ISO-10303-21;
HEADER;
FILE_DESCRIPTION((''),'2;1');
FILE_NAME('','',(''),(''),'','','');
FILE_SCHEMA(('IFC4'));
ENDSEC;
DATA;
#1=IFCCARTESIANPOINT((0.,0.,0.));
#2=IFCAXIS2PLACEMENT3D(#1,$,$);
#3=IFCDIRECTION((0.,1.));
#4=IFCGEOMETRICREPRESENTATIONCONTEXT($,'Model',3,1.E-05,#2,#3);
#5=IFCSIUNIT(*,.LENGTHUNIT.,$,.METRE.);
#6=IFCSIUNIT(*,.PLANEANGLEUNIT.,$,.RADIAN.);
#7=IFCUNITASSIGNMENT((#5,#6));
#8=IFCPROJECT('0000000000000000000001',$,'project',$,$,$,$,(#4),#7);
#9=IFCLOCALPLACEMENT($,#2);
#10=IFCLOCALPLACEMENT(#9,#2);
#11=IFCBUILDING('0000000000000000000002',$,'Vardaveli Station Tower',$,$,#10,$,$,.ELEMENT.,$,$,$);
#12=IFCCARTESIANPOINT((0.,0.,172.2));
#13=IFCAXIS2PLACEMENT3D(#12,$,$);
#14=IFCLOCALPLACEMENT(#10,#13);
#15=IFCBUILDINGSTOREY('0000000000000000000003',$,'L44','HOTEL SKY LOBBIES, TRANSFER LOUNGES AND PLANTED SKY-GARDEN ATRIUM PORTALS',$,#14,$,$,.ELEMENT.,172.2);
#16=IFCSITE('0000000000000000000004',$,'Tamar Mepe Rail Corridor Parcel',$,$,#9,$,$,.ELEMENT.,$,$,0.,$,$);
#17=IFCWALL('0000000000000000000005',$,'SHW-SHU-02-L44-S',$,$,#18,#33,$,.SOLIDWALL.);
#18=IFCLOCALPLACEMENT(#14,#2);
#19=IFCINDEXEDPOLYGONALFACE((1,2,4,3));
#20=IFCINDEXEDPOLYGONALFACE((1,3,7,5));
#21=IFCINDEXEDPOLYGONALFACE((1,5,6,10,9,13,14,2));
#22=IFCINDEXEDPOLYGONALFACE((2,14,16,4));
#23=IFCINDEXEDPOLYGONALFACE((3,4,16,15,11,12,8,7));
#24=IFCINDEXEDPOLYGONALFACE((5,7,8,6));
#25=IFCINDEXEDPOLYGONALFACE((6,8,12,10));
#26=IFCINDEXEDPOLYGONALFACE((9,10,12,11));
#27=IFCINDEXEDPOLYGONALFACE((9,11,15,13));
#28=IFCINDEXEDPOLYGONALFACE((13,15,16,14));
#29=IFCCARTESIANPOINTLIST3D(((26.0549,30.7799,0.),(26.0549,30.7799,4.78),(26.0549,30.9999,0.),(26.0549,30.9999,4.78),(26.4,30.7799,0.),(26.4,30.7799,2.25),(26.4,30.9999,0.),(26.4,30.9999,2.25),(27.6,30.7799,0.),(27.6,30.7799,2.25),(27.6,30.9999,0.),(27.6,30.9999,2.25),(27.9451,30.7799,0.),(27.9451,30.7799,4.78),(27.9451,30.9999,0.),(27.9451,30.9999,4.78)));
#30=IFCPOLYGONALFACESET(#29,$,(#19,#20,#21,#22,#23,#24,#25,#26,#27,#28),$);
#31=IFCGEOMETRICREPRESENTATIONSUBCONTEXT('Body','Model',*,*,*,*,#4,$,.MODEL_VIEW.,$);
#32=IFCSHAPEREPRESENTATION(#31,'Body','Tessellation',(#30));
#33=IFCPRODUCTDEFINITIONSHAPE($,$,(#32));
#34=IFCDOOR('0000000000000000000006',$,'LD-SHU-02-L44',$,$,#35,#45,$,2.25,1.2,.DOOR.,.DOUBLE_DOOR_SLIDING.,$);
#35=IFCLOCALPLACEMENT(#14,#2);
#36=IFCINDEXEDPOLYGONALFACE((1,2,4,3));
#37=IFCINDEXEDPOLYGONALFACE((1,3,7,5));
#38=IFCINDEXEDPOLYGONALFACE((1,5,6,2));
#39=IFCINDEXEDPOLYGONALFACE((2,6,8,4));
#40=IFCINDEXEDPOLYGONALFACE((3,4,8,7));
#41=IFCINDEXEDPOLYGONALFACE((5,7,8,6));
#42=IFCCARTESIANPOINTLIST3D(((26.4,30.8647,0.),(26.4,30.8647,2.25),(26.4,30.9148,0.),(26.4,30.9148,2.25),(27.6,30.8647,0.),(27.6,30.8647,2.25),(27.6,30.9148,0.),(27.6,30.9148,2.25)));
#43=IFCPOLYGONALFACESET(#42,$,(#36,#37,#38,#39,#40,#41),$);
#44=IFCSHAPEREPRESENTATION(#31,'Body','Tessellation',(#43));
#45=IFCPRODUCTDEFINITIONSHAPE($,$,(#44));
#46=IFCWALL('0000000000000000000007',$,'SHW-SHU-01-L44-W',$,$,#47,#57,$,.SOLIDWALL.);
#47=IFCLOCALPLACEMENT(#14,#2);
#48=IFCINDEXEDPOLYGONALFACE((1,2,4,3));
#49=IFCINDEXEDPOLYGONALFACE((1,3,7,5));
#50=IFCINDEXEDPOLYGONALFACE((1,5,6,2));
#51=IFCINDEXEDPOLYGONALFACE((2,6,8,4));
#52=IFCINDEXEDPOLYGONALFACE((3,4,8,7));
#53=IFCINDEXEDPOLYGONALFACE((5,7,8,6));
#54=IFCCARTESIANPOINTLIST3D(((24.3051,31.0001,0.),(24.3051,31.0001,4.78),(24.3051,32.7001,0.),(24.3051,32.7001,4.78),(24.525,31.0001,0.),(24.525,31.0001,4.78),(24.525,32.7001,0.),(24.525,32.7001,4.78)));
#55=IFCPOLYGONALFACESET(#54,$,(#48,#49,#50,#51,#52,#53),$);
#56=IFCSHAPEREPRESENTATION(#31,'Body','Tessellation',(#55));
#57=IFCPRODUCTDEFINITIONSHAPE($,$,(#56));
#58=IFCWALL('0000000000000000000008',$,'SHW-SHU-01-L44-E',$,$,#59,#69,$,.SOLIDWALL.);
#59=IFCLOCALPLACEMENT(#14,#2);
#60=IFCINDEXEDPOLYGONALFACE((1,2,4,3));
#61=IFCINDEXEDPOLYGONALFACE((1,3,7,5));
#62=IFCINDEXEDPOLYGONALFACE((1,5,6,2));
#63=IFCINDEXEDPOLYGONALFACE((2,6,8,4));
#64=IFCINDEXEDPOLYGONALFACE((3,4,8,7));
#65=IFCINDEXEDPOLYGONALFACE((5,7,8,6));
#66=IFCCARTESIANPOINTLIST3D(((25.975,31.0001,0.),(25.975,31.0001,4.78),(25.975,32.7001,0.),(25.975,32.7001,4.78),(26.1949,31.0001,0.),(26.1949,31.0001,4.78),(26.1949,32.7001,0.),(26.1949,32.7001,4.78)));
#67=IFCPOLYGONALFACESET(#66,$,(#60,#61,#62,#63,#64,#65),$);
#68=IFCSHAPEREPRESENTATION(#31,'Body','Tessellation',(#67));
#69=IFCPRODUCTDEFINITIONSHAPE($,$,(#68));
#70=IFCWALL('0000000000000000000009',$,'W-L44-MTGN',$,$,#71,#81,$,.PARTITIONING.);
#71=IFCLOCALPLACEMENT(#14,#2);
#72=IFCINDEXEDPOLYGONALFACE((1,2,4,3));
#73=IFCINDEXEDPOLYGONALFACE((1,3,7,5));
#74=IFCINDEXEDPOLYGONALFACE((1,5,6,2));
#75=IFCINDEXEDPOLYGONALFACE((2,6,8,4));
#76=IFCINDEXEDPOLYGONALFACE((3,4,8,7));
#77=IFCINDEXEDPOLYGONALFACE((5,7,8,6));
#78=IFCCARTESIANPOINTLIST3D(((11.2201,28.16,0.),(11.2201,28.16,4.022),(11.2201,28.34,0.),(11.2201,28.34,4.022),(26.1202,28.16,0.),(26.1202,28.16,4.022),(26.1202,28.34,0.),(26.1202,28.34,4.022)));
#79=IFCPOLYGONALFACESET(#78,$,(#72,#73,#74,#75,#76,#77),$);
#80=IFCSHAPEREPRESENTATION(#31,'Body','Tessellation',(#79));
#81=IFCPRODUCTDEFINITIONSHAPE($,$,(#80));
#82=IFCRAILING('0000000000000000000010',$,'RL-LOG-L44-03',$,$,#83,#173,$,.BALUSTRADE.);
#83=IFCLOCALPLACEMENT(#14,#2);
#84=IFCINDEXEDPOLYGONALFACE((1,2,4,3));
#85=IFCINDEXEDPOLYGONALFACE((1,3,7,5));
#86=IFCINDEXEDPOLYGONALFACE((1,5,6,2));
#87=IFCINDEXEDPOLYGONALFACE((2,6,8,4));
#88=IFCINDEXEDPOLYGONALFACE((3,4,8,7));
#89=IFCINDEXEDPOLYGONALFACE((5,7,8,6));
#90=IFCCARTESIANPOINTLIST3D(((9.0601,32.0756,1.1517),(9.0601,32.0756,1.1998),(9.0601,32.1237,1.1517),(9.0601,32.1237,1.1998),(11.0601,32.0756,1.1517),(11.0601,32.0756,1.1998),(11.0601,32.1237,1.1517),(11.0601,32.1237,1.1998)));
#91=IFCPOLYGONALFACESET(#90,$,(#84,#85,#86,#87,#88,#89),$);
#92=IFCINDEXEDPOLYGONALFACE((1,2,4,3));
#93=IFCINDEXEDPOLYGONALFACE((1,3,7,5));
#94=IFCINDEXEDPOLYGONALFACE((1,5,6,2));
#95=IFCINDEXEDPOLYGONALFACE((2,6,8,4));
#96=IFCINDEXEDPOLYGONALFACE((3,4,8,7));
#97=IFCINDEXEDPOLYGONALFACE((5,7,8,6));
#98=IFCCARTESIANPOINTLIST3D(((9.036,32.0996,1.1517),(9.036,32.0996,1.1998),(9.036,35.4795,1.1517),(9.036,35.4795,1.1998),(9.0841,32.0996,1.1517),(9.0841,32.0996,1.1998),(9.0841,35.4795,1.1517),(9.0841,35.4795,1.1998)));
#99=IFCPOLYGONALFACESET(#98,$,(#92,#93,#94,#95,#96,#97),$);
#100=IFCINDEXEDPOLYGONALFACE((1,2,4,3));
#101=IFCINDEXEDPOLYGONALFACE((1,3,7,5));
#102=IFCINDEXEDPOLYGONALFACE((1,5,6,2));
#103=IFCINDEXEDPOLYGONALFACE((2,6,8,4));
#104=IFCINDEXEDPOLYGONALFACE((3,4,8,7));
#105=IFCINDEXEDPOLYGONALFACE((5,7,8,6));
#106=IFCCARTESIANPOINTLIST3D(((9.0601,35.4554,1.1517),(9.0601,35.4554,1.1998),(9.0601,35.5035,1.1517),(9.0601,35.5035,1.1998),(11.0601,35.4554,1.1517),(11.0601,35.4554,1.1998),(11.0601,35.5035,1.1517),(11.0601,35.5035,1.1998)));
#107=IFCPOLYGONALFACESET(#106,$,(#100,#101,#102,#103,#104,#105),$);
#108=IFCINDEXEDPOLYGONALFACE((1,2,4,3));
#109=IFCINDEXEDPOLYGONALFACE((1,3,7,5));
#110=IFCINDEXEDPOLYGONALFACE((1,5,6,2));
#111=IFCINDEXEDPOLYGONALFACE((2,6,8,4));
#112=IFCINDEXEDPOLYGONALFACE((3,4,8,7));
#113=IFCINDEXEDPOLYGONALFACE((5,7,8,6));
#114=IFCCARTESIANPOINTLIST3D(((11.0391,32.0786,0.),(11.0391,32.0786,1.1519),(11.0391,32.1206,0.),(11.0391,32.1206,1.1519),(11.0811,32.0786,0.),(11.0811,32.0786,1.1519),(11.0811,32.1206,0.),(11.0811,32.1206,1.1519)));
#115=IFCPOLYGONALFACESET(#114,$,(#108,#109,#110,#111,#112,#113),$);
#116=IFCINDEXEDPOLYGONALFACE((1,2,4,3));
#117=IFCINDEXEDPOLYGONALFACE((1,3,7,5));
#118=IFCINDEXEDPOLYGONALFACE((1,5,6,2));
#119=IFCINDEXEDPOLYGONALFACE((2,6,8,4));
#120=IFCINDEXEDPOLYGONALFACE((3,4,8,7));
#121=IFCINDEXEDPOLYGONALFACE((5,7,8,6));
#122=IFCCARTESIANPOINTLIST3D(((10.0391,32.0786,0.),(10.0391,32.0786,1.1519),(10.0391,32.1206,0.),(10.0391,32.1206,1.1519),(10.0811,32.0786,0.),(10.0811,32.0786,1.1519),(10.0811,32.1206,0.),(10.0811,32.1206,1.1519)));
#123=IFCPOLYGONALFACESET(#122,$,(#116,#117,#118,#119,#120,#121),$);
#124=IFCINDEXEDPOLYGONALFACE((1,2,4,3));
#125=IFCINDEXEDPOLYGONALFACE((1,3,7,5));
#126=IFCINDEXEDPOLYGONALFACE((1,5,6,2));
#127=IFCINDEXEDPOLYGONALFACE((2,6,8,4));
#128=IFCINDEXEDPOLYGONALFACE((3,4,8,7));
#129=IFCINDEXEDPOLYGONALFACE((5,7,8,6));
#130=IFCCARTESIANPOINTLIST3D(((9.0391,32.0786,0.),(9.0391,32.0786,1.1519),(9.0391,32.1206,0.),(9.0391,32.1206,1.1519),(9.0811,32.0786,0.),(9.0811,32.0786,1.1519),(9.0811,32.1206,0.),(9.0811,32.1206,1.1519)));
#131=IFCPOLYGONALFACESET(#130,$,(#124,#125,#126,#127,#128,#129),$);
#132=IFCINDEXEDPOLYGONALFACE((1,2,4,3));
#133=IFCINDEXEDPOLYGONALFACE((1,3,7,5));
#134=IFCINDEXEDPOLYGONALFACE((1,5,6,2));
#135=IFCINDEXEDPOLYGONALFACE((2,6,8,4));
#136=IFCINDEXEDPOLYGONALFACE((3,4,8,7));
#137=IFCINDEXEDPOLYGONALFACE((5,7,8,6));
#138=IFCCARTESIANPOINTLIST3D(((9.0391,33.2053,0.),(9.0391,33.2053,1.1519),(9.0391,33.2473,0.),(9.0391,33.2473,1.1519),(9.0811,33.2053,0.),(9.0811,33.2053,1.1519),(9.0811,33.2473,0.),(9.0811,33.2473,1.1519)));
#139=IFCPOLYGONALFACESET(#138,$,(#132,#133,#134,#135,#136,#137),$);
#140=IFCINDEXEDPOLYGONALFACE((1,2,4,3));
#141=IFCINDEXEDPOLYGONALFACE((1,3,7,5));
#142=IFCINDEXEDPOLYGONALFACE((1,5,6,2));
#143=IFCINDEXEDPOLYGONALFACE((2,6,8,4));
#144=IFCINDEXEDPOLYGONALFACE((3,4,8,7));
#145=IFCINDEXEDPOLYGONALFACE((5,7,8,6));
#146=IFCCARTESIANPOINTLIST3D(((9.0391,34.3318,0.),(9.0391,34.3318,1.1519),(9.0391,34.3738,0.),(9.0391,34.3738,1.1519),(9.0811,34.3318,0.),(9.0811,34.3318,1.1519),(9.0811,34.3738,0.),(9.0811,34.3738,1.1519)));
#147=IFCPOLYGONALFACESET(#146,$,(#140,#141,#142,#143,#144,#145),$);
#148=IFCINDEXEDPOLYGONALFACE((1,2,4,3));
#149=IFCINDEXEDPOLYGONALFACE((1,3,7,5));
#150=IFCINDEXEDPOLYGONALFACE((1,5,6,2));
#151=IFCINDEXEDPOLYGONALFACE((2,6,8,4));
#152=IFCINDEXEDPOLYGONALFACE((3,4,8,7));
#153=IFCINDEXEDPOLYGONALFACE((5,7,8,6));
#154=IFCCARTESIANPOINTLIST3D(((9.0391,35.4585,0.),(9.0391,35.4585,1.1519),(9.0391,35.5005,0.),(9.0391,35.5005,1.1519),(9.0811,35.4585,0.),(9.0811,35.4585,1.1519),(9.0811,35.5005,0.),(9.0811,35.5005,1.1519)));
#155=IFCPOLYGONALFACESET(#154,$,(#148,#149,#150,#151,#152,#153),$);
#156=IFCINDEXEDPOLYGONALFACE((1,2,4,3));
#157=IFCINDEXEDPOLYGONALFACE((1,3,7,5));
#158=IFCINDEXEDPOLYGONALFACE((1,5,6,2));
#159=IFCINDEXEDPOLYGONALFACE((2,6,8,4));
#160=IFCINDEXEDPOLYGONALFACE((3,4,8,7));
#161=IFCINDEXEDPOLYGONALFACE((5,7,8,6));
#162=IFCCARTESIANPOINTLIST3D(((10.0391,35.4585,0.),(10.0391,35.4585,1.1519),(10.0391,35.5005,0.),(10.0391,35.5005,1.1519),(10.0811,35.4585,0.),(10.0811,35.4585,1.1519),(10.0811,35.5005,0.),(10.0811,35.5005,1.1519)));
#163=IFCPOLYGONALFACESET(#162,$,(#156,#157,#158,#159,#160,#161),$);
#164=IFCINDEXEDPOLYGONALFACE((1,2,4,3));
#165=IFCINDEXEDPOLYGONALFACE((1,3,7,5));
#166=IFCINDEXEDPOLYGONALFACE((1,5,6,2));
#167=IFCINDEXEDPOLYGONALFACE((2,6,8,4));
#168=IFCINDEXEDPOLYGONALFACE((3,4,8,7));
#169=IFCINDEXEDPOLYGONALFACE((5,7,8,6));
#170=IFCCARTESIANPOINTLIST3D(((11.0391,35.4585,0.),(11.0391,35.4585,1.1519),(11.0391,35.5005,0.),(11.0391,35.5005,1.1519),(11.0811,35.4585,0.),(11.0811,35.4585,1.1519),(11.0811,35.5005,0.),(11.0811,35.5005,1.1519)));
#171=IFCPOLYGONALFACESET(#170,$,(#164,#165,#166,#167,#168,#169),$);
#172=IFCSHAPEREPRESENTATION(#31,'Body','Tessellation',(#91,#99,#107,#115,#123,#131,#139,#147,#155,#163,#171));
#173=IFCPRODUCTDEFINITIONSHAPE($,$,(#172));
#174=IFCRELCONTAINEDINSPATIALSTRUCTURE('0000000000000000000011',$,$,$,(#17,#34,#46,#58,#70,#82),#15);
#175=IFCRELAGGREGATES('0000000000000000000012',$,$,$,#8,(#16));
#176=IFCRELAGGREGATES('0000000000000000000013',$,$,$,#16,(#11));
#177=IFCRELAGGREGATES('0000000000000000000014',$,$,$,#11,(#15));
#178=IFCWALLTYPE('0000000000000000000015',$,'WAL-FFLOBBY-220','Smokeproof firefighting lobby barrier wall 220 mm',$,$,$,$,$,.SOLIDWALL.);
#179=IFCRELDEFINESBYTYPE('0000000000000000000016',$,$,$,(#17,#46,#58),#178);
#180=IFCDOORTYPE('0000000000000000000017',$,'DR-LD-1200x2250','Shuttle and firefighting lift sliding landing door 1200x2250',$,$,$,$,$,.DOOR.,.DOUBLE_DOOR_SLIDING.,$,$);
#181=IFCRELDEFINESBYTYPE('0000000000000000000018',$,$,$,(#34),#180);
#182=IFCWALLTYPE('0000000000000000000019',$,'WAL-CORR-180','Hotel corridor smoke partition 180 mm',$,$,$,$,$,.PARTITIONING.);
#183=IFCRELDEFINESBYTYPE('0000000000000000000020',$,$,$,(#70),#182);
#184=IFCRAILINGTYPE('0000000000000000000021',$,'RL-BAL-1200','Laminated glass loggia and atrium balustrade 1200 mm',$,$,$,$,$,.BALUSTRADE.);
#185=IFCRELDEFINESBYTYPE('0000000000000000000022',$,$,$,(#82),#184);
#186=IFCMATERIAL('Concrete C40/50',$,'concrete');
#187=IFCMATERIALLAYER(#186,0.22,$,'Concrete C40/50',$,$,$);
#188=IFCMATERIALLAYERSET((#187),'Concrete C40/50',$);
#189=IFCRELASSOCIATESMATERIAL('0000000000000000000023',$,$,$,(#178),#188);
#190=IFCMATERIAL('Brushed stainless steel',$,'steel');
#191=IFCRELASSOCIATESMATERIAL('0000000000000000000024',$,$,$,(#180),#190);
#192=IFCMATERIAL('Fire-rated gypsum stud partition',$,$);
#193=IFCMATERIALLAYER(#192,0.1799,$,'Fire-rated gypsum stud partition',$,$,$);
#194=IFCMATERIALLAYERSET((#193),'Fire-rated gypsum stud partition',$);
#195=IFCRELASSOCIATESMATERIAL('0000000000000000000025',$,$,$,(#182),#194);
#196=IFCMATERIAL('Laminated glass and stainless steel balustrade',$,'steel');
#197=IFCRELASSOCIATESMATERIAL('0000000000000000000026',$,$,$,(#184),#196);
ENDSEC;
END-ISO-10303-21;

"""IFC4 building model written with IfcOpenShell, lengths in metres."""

from ifc_helpers import new_model, si_unit, direction, frame, frame_2d, origin, origin_2d, place, context, subcontext, project, spatial, rectangle, extrude, source, transform, mapped, material, layer, layer_set, type_object, element, fill, save


model = new_model("IFC4")

# Units and contexts
model_context = context("Model", 3, precision=1e-05, world=origin(), true_north=direction((0.0, 1.0)))
body_context = subcontext(model_context, "Body", "Model", "MODEL_VIEW")
ifc_project = project(units=[si_unit("LENGTHUNIT", "METRE"), si_unit("PLANEANGLEUNIT", "RADIAN")], contexts=[model_context])

# Site, building, storey
site_placement = place(None, origin())
site = spatial("IfcSite", under=ifc_project, at=site_placement, Name="Tamar Mepe Rail Corridor Parcel", CompositionType="ELEMENT", RefElevation=0.0)
building_placement = place(site_placement, origin())
building = spatial("IfcBuilding", under=site, at=building_placement, Name="Vardaveli Station Tower", CompositionType="ELEMENT")
storey_placement = place(building_placement, frame((0.0, 0.0, 172.2)))
storey = spatial("IfcBuildingStorey", under=building, at=storey_placement, Name="L44", Description="HOTEL SKY LOBBIES, TRANSFER LOUNGES AND PLANTED SKY-GARDEN ATRIUM PORTALS", CompositionType="ELEMENT", Elevation=172.2)

# Shared definitions
ifc_material_1 = material(Name="Concrete C40/50", Category="concrete")
ifc_layer_1 = layer(ifc_material_1, 0.22, Name="Concrete C40/50")
ifc_layer_set_1 = layer_set([ifc_layer_1], Name="Concrete C40/50")
wall_type_1 = type_object("IfcWallType", Name="WAL-FFLOBBY-220", Description="Smokeproof firefighting lobby barrier wall 220 mm", PredefinedType="SOLIDWALL", material=ifc_layer_set_1)

# Wall, opening, door
shared_shape_1 = source(origin(), body_context, "Body", "SweptSolid", [
    extrude(rectangle(XDim=1.8901, YDim=0.22, at=frame_2d((0.9451, 0.0))), origin(), (0.0, 0.0, 1.0), 4.78),
])
shared_shape_2 = source(origin(), body_context, "Body", "SweptSolid", [
    extrude(rectangle(XDim=1.2, YDim=2.25, at=frame_2d((0.6001, 1.125))), frame((0.0, 0.1201, 0.0), z_axis=(0.0, -1.0, 0.0), x_axis=(1.0, 0.0, 0.0)), (0.0, 0.0, 1.0), 0.24),
])
ifc_material_2 = material(Name="Brushed stainless steel", Category="steel")
door_type = type_object("IfcDoorType", Name="DR-LD-1200x2250", Description="Shuttle and firefighting lift sliding landing door 1200x2250", OperationType="DOUBLE_DOOR_SLIDING", PredefinedType="DOOR", material=ifc_material_2)
shared_shape_3 = source(origin(), body_context, "Body", "SweptSolid", [
    extrude(rectangle(XDim=1.2, YDim=2.25, at=frame_2d((0.6001, 1.125))), frame((0.0, 0.0249, 0.0), z_axis=(0.0, -1.0, 0.0), x_axis=(1.0, 0.0, 0.0)), (0.0, 0.0, 1.0), 0.05),
])
wall_1_placement = place(storey_placement, frame((26.0549, 30.8899, 0.0), z_axis=(0.0, 0.0, 1.0), x_axis=(1.0, 0.0, 0.0)))
wall_1 = element("IfcWall", 1, at=wall_1_placement, inside=storey, type_object=wall_type_1, Name="SHW-SHU-02-L44-S", PredefinedType="SOLIDWALL", context=body_context, shape_type="MappedRepresentation", body=[
    mapped(shared_shape_1, transform((0.0, 0.0, 0.0), scale=1.0)),
])
opening_1_placement = place(wall_1_placement, frame((0.345, 0.0, 0.0)))
opening_1 = element("IfcOpeningElement", 2, at=opening_1_placement, cuts=wall_1, PredefinedType="OPENING", context=body_context, shape_type="MappedRepresentation", body=[
    mapped(shared_shape_2, transform((0.0, 0.0, 0.0), scale=1.0)),
])
door_1_placement = place(opening_1_placement, origin())
door_1 = element("IfcDoor", 3, at=door_1_placement, inside=storey, type_object=door_type, Name="LD-SHU-02-L44", OperationType="DOUBLE_DOOR_SLIDING", OverallHeight=2.25, OverallWidth=1.2, PredefinedType="DOOR", context=body_context, shape_type="MappedRepresentation", body=[
    mapped(shared_shape_3, transform((0.0, 0.0, 0.0), scale=1.0)),
])
fill(opening_1, door_1)

# Walls
shared_shape_4 = source(origin(), body_context, "Body", "SweptSolid", [
    extrude(rectangle(XDim=1.7, YDim=0.22, at=frame_2d((0.8501, 0.0))), origin(), (0.0, 0.0, 1.0), 4.78),
])
for number, where, z_axis, x_axis, name in (
    (4, (24.415, 31.0, 0.0), (0.0, 0.0, 1.0), (0.0, 1.0, 0.0), "SHW-SHU-01-L44-W"),
    (5, (26.085, 31.0, 0.0), (0.0, 0.0, 1.0), (0.0, 1.0, 0.0), "SHW-SHU-01-L44-E"),
):
    element("IfcWall", number, at=place(storey_placement, frame(where, z_axis=z_axis, x_axis=x_axis)), inside=storey, type_object=wall_type_1, Name=name, PredefinedType="SOLIDWALL", context=body_context, shape_type="MappedRepresentation", body=[
        mapped(shared_shape_4, transform((0.0, 0.0, 0.0), scale=1.0)),
    ])
ifc_material_3 = material(Name="Fire-rated gypsum stud partition")
ifc_layer_2 = layer(ifc_material_3, 0.1799, Name="Fire-rated gypsum stud partition")
ifc_layer_set_2 = layer_set([ifc_layer_2], Name="Fire-rated gypsum stud partition")
wall_type_2 = type_object("IfcWallType", Name="WAL-CORR-180", Description="Hotel corridor smoke partition 180 mm", PredefinedType="PARTITIONING", material=ifc_layer_set_2)
shared_shape_5 = source(origin(), body_context, "Body", "SweptSolid", [
    extrude(rectangle(XDim=14.9001, YDim=0.1799, at=frame_2d((7.4502, 0.0))), origin(), (0.0, 0.0, 1.0), 4.022),
])
wall_2_placement = place(storey_placement, frame((11.22, 28.25, 0.0), z_axis=(0.0, 0.0, 1.0), x_axis=(1.0, 0.0, 0.0)))
element("IfcWall", 6, at=wall_2_placement, inside=storey, type_object=wall_type_2, Name="W-L44-MTGN", PredefinedType="PARTITIONING", context=body_context, shape_type="MappedRepresentation", body=[
    mapped(shared_shape_5, transform((0.0, 0.0, 0.0), scale=1.0)),
])

# Railing
ifc_material_4 = material(Name="Laminated glass and stainless steel balustrade", Category="steel")
railing_type = type_object("IfcRailingType", Name="RL-BAL-1200", Description="Laminated glass loggia and atrium balustrade 1200 mm", PredefinedType="BALUSTRADE", material=ifc_material_4)
shared_shape_6 = source(origin(), body_context, "Body", "SweptSolid", [
    extrude(rectangle(XDim=0.0481, YDim=0.0481, at=origin_2d()), frame((0.0, 0.0, 1.1758), z_axis=(-1.0, 0.0, 0.0), x_axis=(0.0, -1.0, 0.0)), (0.0, 0.0, 1.0), 2.0),
    extrude(rectangle(XDim=0.0481, YDim=0.0481, at=origin_2d()), frame((-2.0, 0.0, 1.1758), z_axis=(0.0, 1.0, 0.0), x_axis=(-1.0, 0.0, 0.0)), (0.0, 0.0, 1.0), 3.3799),
    extrude(rectangle(XDim=0.0481, YDim=0.0481, at=origin_2d()), frame((-2.0, 3.3799, 1.1758), z_axis=(1.0, 0.0, 0.0), x_axis=(0.0, 1.0, 0.0)), (0.0, 0.0, 1.0), 2.0),
    extrude(rectangle(XDim=0.042, YDim=0.042, at=origin_2d()), origin(), (0.0, 0.0, 1.0), 1.1519),
    extrude(rectangle(XDim=0.042, YDim=0.042, at=origin_2d()), frame((-1.0, 0.0, 0.0)), (0.0, 0.0, 1.0), 1.1519),
    extrude(rectangle(XDim=0.042, YDim=0.042, at=origin_2d()), frame((-2.0, 0.0, 0.0)), (0.0, 0.0, 1.0), 1.1519),
    extrude(rectangle(XDim=0.042, YDim=0.042, at=origin_2d()), frame((-2.0, 1.1267, 0.0)), (0.0, 0.0, 1.0), 1.1519),
    extrude(rectangle(XDim=0.042, YDim=0.042, at=origin_2d()), frame((-2.0, 2.2532, 0.0)), (0.0, 0.0, 1.0), 1.1519),
    extrude(rectangle(XDim=0.042, YDim=0.042, at=origin_2d()), frame((-2.0, 3.3799, 0.0)), (0.0, 0.0, 1.0), 1.1519),
    extrude(rectangle(XDim=0.042, YDim=0.042, at=origin_2d()), frame((-1.0, 3.3799, 0.0)), (0.0, 0.0, 1.0), 1.1519),
    extrude(rectangle(XDim=0.042, YDim=0.042, at=origin_2d()), frame((0.0, 3.3799, 0.0)), (0.0, 0.0, 1.0), 1.1519),
])
railing_placement = place(storey_placement, frame((11.0601, 32.0996, 0.0)))
element("IfcRailing", 7, at=railing_placement, inside=storey, type_object=railing_type, Name="RL-LOG-L44-03", PredefinedType="BALUSTRADE", context=body_context, shape_type="MappedRepresentation", body=[
    mapped(shared_shape_6, transform((0.0, 0.0, 0.0), scale=1.0)),
])

save(model, "model.ifc")
